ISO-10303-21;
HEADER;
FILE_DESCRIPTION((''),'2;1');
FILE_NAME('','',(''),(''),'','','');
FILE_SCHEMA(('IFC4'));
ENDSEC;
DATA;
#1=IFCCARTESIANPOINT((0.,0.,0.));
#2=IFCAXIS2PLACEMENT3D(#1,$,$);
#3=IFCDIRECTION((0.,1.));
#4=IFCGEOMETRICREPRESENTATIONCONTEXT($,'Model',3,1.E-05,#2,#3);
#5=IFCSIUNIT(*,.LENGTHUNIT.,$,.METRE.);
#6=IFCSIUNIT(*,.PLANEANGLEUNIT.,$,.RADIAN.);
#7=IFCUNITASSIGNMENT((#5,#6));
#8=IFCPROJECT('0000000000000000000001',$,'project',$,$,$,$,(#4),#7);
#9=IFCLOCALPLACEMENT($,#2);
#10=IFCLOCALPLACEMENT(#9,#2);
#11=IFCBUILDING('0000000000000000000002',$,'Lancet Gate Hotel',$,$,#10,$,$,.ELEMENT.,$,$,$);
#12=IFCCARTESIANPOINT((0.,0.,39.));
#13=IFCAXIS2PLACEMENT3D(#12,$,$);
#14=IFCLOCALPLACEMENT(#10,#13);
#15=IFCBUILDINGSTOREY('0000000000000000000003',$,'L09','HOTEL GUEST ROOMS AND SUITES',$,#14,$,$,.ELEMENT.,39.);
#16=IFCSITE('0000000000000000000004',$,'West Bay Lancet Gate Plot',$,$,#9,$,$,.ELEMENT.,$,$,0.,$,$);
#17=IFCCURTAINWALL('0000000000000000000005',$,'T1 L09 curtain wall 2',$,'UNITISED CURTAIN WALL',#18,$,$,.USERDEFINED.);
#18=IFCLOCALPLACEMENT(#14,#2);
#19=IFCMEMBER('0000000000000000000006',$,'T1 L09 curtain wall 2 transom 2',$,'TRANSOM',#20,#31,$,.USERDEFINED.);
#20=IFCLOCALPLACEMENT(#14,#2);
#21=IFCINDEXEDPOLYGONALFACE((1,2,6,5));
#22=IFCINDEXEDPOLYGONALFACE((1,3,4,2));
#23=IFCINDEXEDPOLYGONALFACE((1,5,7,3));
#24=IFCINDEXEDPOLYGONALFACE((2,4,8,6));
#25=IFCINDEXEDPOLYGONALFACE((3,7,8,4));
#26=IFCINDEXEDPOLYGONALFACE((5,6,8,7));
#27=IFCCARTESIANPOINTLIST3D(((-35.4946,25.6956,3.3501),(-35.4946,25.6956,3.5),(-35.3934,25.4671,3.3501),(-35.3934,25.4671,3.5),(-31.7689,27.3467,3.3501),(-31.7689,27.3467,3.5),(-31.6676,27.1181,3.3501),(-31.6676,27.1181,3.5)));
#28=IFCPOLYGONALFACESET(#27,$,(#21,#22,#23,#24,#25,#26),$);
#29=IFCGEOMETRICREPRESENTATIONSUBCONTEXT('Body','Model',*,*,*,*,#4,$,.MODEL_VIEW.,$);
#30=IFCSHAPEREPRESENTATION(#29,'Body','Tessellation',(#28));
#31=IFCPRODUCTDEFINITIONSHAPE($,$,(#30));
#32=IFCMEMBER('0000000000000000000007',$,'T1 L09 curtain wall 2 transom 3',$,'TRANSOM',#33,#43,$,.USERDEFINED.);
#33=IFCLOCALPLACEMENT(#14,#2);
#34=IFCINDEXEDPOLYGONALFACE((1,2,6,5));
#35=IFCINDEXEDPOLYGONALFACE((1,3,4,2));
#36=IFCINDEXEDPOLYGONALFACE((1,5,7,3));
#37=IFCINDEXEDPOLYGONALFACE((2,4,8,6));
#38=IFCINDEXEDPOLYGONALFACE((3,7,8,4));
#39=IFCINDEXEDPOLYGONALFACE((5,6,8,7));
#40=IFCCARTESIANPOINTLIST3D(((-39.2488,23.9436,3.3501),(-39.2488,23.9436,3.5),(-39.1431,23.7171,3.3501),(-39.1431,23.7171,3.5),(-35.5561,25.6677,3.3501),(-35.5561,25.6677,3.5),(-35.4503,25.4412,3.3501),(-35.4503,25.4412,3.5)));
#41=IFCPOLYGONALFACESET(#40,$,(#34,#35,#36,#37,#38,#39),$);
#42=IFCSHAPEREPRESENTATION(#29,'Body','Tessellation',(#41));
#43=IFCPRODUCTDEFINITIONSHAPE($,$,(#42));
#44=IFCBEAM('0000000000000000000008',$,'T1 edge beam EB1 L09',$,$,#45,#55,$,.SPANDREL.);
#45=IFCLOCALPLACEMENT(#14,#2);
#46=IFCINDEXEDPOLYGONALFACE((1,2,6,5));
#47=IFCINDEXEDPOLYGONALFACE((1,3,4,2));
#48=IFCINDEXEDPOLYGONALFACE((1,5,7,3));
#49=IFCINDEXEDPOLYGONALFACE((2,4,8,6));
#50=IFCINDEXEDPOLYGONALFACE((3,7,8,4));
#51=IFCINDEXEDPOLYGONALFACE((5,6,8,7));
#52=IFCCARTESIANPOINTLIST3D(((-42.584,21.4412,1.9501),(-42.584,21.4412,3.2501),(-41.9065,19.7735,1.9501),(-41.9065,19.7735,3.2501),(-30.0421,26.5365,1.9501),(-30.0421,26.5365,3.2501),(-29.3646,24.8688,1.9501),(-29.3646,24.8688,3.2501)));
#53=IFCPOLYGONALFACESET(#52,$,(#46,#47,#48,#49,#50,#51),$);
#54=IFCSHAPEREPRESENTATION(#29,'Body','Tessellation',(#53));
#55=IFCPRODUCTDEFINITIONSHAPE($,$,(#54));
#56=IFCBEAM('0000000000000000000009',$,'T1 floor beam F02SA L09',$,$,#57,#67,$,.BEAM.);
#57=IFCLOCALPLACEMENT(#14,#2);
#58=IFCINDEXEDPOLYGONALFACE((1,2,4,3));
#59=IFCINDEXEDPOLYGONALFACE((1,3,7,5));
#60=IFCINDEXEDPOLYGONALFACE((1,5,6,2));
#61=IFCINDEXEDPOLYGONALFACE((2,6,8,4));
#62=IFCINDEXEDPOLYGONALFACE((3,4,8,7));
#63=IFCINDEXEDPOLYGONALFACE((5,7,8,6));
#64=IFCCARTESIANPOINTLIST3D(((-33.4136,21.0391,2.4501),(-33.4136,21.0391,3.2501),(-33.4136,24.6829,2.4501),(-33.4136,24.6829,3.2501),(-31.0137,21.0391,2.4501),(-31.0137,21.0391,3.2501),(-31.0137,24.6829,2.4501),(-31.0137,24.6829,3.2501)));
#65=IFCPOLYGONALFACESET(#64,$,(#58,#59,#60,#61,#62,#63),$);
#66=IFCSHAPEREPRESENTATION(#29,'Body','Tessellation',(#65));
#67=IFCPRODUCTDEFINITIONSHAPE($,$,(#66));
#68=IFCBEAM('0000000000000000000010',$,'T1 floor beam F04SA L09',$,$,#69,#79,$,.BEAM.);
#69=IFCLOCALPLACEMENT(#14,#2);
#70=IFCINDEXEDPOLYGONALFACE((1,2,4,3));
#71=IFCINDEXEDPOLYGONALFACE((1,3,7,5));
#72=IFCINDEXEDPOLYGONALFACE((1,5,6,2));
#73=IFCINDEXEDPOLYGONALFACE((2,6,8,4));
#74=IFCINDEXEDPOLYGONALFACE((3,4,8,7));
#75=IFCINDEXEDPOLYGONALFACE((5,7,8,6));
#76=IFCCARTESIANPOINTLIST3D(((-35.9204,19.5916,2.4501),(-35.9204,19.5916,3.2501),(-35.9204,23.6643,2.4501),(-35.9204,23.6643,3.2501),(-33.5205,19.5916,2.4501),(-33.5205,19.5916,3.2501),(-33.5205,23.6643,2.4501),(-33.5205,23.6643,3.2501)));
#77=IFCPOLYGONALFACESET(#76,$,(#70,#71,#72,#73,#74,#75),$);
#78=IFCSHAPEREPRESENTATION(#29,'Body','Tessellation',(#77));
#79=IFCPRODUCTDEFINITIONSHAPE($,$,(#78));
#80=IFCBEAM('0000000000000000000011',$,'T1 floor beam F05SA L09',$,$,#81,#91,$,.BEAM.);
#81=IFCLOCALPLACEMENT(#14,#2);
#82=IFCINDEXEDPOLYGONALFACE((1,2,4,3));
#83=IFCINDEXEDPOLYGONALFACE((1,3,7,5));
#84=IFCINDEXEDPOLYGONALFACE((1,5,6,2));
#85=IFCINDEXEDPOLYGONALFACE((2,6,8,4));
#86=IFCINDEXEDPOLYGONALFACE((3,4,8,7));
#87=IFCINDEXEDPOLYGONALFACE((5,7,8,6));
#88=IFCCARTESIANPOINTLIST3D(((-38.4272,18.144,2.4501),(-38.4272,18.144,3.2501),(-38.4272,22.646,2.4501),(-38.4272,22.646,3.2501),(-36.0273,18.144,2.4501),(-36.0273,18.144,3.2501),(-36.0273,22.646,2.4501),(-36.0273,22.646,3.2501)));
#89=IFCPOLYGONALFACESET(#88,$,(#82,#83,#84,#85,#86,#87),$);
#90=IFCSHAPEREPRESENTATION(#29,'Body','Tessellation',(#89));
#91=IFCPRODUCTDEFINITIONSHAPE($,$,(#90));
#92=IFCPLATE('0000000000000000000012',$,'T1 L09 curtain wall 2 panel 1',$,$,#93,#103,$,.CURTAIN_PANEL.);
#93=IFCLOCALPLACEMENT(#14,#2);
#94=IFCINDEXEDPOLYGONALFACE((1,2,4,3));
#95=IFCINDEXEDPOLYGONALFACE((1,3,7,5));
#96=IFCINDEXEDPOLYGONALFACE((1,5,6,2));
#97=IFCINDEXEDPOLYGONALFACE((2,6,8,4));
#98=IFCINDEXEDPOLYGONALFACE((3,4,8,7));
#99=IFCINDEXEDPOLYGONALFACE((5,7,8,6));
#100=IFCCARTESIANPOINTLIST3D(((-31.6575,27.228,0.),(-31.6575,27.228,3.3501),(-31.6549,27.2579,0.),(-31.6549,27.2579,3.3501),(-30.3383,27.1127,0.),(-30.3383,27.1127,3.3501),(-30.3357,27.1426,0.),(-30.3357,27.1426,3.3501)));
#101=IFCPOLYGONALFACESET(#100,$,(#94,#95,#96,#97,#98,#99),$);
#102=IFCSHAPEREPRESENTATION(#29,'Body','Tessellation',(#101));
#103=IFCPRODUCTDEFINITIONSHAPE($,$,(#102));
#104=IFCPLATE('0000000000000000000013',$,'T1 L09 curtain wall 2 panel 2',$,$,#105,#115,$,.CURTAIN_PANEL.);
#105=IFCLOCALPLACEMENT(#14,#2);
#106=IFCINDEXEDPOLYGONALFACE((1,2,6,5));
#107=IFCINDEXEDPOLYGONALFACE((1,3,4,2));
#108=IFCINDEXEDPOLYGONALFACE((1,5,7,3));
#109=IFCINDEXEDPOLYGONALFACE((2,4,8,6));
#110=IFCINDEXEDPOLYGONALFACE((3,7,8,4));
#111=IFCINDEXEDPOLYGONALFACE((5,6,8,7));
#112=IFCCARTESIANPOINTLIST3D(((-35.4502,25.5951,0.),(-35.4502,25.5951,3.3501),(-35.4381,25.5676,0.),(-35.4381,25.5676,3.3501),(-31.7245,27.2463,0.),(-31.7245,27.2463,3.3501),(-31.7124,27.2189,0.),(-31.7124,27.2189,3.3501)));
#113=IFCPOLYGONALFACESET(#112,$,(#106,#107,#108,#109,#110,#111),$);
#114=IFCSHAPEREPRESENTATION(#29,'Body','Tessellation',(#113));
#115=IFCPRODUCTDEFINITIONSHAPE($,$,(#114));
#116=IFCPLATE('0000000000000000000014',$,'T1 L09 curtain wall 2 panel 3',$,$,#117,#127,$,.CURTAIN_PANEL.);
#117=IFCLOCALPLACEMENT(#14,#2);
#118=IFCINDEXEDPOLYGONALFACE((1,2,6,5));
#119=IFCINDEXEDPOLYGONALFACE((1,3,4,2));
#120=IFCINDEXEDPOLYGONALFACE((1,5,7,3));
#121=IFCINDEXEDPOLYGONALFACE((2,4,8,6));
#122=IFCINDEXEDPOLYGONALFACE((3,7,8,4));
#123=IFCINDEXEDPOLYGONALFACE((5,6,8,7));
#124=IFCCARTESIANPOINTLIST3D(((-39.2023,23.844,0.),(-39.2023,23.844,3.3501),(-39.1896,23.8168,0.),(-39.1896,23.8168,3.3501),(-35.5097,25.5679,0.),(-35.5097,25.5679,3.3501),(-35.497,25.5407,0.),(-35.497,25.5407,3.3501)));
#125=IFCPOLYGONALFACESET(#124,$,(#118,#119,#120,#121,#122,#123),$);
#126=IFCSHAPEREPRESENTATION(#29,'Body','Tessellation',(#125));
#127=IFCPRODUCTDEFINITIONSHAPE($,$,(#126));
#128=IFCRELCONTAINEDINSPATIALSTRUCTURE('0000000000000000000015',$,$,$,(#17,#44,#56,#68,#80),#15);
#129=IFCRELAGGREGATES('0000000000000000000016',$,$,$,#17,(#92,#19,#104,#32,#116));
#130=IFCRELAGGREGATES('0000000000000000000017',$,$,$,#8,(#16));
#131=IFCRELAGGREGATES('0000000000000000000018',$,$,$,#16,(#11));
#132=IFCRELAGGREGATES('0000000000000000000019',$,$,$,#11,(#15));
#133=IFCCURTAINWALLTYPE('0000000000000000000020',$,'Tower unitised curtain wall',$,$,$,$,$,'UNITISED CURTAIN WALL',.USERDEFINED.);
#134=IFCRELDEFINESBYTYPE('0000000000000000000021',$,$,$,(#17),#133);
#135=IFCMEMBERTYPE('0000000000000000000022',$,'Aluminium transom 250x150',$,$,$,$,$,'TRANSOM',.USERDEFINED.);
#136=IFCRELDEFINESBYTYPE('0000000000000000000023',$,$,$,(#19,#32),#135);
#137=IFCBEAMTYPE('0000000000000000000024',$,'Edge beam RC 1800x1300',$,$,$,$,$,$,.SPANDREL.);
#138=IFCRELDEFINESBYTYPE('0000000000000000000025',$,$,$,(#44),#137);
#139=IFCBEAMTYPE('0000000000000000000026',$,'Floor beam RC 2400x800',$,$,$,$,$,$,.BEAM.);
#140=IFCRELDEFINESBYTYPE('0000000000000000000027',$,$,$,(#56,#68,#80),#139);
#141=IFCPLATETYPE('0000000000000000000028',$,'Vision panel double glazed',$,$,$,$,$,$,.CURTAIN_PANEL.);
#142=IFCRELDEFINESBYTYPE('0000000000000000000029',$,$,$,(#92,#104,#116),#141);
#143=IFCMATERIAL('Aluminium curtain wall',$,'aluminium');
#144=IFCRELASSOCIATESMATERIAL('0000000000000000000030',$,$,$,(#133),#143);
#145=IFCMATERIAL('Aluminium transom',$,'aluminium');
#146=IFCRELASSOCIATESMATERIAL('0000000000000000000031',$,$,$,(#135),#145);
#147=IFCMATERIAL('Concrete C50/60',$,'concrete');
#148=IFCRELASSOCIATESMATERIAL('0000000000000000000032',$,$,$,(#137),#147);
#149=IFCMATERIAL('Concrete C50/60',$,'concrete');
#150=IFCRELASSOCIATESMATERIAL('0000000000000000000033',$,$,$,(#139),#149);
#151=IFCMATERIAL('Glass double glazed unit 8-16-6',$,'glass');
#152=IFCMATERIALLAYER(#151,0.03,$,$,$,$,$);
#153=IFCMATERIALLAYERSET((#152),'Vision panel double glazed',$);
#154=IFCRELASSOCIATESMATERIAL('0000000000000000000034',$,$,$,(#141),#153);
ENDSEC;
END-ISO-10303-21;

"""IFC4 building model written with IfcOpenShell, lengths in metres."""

from ifc_helpers import new_model, si_unit, direction, frame, origin, origin_2d, place, context, subcontext, project, spatial, rectangle, extrude, material, layer, layer_set, material_profile, profile_set, type_object, element, aggregate, save


model = new_model("IFC4")

# Units and contexts
model_context = context("Model", 3, precision=1e-05, world=origin(), true_north=direction((0.0, 1.0)))
body_context = subcontext(model_context, "Body", "Model", "MODEL_VIEW")
ifc_project = project(units=[si_unit("LENGTHUNIT", "METRE"), si_unit("PLANEANGLEUNIT", "RADIAN")], contexts=[model_context])

# Site, building, storey
site_placement = place(None, origin())
site = spatial("IfcSite", under=ifc_project, at=site_placement, Name="West Bay Lancet Gate Plot", CompositionType="ELEMENT", RefElevation=0.0)
building_placement = place(site_placement, origin())
building = spatial("IfcBuilding", under=site, at=building_placement, Name="Lancet Gate Hotel", CompositionType="ELEMENT")
storey_placement = place(building_placement, frame((0.0, 0.0, 39.0)))
storey = spatial("IfcBuildingStorey", under=building, at=storey_placement, Name="L09", Description="HOTEL GUEST ROOMS AND SUITES", CompositionType="ELEMENT", Elevation=39.0)

# Curtain wall, members
ifc_material_1 = material(Name="Aluminium curtain wall", Category="aluminium")
curtain_wall_type = type_object("IfcCurtainWallType", Name="Tower unitised curtain wall", ElementType="UNITISED CURTAIN WALL", PredefinedType="USERDEFINED", material=ifc_material_1)
curtain_wall_placement = place(storey_placement, origin())
curtain_wall = element("IfcCurtainWall", 1, at=curtain_wall_placement, inside=storey, type_object=curtain_wall_type, Name="T1 L09 curtain wall 2", ObjectType="UNITISED CURTAIN WALL", PredefinedType="USERDEFINED")
ifc_material_2 = material(Name="Aluminium transom", Category="aluminium")
ifc_material_profile_1 = material_profile(ifc_material_2, rectangle(XDim=0.25, YDim=0.1499, at=origin_2d()), Name="TRANSOM 250x150")
ifc_profile_set_1 = profile_set([ifc_material_profile_1], Name="Aluminium transom")
member_type_1 = type_object("IfcMemberType", Name="Aluminium transom 250x150", ElementType="TRANSOM", PredefinedType="USERDEFINED", material=ifc_profile_set_1)
member_1_placement = place(storey_placement, frame((-31.7183, 27.2324, 3.425), z_axis=(-0.914248, -0.405154, 0.0), x_axis=(0.405154, -0.914248, 0.0)))
member_1 = element("IfcMember", 2, at=member_1_placement, type_object=member_type_1, Name="T1 L09 curtain wall 2 transom 2", ObjectType="TRANSOM", PredefinedType="USERDEFINED", context=body_context, shape_type="SweptSolid", body=[
    extrude(rectangle(XDim=0.25, YDim=0.1499, at=origin_2d()), origin(), (0.0, 0.0, 1.0), 4.0752),
])
member_2_placement = place(storey_placement, frame((-35.5032, 25.5544, 3.425), z_axis=(-0.90611, -0.423043, 0.0), x_axis=(0.423043, -0.90611, 0.0)))
member_2 = element("IfcMember", 3, at=member_2_placement, type_object=member_type_1, Name="T1 L09 curtain wall 2 transom 3", ObjectType="TRANSOM", PredefinedType="USERDEFINED", context=body_context, shape_type="SweptSolid", body=[
    extrude(rectangle(XDim=0.25, YDim=0.1499, at=origin_2d()), origin(), (0.0, 0.0, 1.0), 4.0754),
])

# Beams
ifc_material_3 = material(Name="Concrete C50/60", Category="concrete")
ifc_material_profile_2 = material_profile(ifc_material_3, rectangle(XDim=1.8, YDim=1.3, at=origin_2d()), Name="RC 1800x1300")
ifc_profile_set_2 = profile_set([ifc_material_profile_2], Name="Concrete C50/60")
beam_type_1 = type_object("IfcBeamType", Name="Edge beam RC 1800x1300", PredefinedType="SPANDREL", material=ifc_profile_set_2)
beam_1_placement = place(storey_placement, frame((-29.7034, 25.7026, 2.6001), z_axis=(-0.926463, -0.376385, 0.0), x_axis=(0.376385, -0.926463, 0.0)))
element("IfcBeam", 4, at=beam_1_placement, inside=storey, type_object=beam_type_1, Name="T1 edge beam EB1 L09", PredefinedType="SPANDREL", context=body_context, shape_type="SweptSolid", body=[
    extrude(rectangle(XDim=1.8, YDim=1.3, at=origin_2d()), origin(), (0.0, 0.0, 1.0), 13.5374),
])
ifc_material_4 = material(Name="Concrete C50/60", Category="concrete")
ifc_material_profile_3 = material_profile(ifc_material_4, rectangle(XDim=2.3999, YDim=0.8, at=origin_2d()), Name="RC 2400x800")
ifc_profile_set_3 = profile_set([ifc_material_profile_3], Name="Concrete C50/60")
beam_type_2 = type_object("IfcBeamType", Name="Floor beam RC 2400x800", PredefinedType="BEAM", material=ifc_profile_set_3)
beam_2_placement = place(storey_placement, frame((-32.2136, 24.6829, 2.8501), z_axis=(0.0, -1.0, 0.0), x_axis=(1.0, 0.0, 0.0)))
element("IfcBeam", 5, at=beam_2_placement, inside=storey, type_object=beam_type_2, Name="T1 floor beam F02SA L09", PredefinedType="BEAM", context=body_context, shape_type="SweptSolid", body=[
    extrude(rectangle(XDim=2.3999, YDim=0.8, at=origin_2d()), origin(), (0.0, 0.0, 1.0), 3.6438),
])
beam_3_placement = place(storey_placement, frame((-34.7205, 23.6643, 2.8501), z_axis=(0.0, -1.0, 0.0), x_axis=(1.0, 0.0, 0.0)))
element("IfcBeam", 6, at=beam_3_placement, inside=storey, type_object=beam_type_2, Name="T1 floor beam F04SA L09", PredefinedType="BEAM", context=body_context, shape_type="SweptSolid", body=[
    extrude(rectangle(XDim=2.3999, YDim=0.8, at=origin_2d()), origin(), (0.0, 0.0, 1.0), 4.0728),
])
beam_4_placement = place(storey_placement, frame((-37.2273, 22.646, 2.8501), z_axis=(0.0, -1.0, 0.0), x_axis=(1.0, 0.0, 0.0)))
element("IfcBeam", 7, at=beam_4_placement, inside=storey, type_object=beam_type_2, Name="T1 floor beam F05SA L09", PredefinedType="BEAM", context=body_context, shape_type="SweptSolid", body=[
    extrude(rectangle(XDim=2.3999, YDim=0.8, at=origin_2d()), origin(), (0.0, 0.0, 1.0), 4.502),
])

# Plates
ifc_material_5 = material(Name="Glass double glazed unit 8-16-6", Category="glass")
ifc_layer_1 = layer(ifc_material_5, 0.03)
ifc_layer_set_1 = layer_set([ifc_layer_1], Name="Vision panel double glazed")
plate_type = type_object("IfcPlateType", Name="Vision panel double glazed", PredefinedType="CURTAIN_PANEL", material=ifc_layer_set_1)
plate_1_placement = place(storey_placement, frame((-30.9966, 27.1853, 0.0), z_axis=(0.0, 0.0, 1.0), x_axis=(-0.996204, 0.087052, 0.0)))
plate_1 = element("IfcPlate", 8, at=plate_1_placement, type_object=plate_type, Name="T1 L09 curtain wall 2 panel 1", PredefinedType="CURTAIN_PANEL", context=body_context, shape_type="SweptSolid", body=[
    extrude(rectangle(XDim=1.3242, YDim=0.03, at=origin_2d()), origin(), (0.0, 0.0, 1.0), 3.3501),
])
plate_2_placement = place(storey_placement, frame((-33.5813, 26.407, 0.0), z_axis=(0.0, 0.0, 1.0), x_axis=(-0.914234, -0.405186, 0.0)))
plate_2 = element("IfcPlate", 9, at=plate_2_placement, type_object=plate_type, Name="T1 L09 curtain wall 2 panel 2", PredefinedType="CURTAIN_PANEL", context=body_context, shape_type="SweptSolid", body=[
    extrude(rectangle(XDim=4.0752, YDim=0.03, at=origin_2d()), origin(), (0.0, 0.0, 1.0), 3.3501),
])
plate_3_placement = place(storey_placement, frame((-37.3496, 24.6924, 0.0), z_axis=(0.0, 0.0, 1.0), x_axis=(-0.906118, -0.423026, 0.0)))
plate_3 = element("IfcPlate", 10, at=plate_3_placement, type_object=plate_type, Name="T1 L09 curtain wall 2 panel 3", PredefinedType="CURTAIN_PANEL", context=body_context, shape_type="SweptSolid", body=[
    extrude(rectangle(XDim=4.0752, YDim=0.03, at=origin_2d()), origin(), (0.0, 0.0, 1.0), 3.3501),
])
aggregate(curtain_wall, [plate_1, member_1, plate_2, member_2, plate_3])

save(model, "model.ifc")
